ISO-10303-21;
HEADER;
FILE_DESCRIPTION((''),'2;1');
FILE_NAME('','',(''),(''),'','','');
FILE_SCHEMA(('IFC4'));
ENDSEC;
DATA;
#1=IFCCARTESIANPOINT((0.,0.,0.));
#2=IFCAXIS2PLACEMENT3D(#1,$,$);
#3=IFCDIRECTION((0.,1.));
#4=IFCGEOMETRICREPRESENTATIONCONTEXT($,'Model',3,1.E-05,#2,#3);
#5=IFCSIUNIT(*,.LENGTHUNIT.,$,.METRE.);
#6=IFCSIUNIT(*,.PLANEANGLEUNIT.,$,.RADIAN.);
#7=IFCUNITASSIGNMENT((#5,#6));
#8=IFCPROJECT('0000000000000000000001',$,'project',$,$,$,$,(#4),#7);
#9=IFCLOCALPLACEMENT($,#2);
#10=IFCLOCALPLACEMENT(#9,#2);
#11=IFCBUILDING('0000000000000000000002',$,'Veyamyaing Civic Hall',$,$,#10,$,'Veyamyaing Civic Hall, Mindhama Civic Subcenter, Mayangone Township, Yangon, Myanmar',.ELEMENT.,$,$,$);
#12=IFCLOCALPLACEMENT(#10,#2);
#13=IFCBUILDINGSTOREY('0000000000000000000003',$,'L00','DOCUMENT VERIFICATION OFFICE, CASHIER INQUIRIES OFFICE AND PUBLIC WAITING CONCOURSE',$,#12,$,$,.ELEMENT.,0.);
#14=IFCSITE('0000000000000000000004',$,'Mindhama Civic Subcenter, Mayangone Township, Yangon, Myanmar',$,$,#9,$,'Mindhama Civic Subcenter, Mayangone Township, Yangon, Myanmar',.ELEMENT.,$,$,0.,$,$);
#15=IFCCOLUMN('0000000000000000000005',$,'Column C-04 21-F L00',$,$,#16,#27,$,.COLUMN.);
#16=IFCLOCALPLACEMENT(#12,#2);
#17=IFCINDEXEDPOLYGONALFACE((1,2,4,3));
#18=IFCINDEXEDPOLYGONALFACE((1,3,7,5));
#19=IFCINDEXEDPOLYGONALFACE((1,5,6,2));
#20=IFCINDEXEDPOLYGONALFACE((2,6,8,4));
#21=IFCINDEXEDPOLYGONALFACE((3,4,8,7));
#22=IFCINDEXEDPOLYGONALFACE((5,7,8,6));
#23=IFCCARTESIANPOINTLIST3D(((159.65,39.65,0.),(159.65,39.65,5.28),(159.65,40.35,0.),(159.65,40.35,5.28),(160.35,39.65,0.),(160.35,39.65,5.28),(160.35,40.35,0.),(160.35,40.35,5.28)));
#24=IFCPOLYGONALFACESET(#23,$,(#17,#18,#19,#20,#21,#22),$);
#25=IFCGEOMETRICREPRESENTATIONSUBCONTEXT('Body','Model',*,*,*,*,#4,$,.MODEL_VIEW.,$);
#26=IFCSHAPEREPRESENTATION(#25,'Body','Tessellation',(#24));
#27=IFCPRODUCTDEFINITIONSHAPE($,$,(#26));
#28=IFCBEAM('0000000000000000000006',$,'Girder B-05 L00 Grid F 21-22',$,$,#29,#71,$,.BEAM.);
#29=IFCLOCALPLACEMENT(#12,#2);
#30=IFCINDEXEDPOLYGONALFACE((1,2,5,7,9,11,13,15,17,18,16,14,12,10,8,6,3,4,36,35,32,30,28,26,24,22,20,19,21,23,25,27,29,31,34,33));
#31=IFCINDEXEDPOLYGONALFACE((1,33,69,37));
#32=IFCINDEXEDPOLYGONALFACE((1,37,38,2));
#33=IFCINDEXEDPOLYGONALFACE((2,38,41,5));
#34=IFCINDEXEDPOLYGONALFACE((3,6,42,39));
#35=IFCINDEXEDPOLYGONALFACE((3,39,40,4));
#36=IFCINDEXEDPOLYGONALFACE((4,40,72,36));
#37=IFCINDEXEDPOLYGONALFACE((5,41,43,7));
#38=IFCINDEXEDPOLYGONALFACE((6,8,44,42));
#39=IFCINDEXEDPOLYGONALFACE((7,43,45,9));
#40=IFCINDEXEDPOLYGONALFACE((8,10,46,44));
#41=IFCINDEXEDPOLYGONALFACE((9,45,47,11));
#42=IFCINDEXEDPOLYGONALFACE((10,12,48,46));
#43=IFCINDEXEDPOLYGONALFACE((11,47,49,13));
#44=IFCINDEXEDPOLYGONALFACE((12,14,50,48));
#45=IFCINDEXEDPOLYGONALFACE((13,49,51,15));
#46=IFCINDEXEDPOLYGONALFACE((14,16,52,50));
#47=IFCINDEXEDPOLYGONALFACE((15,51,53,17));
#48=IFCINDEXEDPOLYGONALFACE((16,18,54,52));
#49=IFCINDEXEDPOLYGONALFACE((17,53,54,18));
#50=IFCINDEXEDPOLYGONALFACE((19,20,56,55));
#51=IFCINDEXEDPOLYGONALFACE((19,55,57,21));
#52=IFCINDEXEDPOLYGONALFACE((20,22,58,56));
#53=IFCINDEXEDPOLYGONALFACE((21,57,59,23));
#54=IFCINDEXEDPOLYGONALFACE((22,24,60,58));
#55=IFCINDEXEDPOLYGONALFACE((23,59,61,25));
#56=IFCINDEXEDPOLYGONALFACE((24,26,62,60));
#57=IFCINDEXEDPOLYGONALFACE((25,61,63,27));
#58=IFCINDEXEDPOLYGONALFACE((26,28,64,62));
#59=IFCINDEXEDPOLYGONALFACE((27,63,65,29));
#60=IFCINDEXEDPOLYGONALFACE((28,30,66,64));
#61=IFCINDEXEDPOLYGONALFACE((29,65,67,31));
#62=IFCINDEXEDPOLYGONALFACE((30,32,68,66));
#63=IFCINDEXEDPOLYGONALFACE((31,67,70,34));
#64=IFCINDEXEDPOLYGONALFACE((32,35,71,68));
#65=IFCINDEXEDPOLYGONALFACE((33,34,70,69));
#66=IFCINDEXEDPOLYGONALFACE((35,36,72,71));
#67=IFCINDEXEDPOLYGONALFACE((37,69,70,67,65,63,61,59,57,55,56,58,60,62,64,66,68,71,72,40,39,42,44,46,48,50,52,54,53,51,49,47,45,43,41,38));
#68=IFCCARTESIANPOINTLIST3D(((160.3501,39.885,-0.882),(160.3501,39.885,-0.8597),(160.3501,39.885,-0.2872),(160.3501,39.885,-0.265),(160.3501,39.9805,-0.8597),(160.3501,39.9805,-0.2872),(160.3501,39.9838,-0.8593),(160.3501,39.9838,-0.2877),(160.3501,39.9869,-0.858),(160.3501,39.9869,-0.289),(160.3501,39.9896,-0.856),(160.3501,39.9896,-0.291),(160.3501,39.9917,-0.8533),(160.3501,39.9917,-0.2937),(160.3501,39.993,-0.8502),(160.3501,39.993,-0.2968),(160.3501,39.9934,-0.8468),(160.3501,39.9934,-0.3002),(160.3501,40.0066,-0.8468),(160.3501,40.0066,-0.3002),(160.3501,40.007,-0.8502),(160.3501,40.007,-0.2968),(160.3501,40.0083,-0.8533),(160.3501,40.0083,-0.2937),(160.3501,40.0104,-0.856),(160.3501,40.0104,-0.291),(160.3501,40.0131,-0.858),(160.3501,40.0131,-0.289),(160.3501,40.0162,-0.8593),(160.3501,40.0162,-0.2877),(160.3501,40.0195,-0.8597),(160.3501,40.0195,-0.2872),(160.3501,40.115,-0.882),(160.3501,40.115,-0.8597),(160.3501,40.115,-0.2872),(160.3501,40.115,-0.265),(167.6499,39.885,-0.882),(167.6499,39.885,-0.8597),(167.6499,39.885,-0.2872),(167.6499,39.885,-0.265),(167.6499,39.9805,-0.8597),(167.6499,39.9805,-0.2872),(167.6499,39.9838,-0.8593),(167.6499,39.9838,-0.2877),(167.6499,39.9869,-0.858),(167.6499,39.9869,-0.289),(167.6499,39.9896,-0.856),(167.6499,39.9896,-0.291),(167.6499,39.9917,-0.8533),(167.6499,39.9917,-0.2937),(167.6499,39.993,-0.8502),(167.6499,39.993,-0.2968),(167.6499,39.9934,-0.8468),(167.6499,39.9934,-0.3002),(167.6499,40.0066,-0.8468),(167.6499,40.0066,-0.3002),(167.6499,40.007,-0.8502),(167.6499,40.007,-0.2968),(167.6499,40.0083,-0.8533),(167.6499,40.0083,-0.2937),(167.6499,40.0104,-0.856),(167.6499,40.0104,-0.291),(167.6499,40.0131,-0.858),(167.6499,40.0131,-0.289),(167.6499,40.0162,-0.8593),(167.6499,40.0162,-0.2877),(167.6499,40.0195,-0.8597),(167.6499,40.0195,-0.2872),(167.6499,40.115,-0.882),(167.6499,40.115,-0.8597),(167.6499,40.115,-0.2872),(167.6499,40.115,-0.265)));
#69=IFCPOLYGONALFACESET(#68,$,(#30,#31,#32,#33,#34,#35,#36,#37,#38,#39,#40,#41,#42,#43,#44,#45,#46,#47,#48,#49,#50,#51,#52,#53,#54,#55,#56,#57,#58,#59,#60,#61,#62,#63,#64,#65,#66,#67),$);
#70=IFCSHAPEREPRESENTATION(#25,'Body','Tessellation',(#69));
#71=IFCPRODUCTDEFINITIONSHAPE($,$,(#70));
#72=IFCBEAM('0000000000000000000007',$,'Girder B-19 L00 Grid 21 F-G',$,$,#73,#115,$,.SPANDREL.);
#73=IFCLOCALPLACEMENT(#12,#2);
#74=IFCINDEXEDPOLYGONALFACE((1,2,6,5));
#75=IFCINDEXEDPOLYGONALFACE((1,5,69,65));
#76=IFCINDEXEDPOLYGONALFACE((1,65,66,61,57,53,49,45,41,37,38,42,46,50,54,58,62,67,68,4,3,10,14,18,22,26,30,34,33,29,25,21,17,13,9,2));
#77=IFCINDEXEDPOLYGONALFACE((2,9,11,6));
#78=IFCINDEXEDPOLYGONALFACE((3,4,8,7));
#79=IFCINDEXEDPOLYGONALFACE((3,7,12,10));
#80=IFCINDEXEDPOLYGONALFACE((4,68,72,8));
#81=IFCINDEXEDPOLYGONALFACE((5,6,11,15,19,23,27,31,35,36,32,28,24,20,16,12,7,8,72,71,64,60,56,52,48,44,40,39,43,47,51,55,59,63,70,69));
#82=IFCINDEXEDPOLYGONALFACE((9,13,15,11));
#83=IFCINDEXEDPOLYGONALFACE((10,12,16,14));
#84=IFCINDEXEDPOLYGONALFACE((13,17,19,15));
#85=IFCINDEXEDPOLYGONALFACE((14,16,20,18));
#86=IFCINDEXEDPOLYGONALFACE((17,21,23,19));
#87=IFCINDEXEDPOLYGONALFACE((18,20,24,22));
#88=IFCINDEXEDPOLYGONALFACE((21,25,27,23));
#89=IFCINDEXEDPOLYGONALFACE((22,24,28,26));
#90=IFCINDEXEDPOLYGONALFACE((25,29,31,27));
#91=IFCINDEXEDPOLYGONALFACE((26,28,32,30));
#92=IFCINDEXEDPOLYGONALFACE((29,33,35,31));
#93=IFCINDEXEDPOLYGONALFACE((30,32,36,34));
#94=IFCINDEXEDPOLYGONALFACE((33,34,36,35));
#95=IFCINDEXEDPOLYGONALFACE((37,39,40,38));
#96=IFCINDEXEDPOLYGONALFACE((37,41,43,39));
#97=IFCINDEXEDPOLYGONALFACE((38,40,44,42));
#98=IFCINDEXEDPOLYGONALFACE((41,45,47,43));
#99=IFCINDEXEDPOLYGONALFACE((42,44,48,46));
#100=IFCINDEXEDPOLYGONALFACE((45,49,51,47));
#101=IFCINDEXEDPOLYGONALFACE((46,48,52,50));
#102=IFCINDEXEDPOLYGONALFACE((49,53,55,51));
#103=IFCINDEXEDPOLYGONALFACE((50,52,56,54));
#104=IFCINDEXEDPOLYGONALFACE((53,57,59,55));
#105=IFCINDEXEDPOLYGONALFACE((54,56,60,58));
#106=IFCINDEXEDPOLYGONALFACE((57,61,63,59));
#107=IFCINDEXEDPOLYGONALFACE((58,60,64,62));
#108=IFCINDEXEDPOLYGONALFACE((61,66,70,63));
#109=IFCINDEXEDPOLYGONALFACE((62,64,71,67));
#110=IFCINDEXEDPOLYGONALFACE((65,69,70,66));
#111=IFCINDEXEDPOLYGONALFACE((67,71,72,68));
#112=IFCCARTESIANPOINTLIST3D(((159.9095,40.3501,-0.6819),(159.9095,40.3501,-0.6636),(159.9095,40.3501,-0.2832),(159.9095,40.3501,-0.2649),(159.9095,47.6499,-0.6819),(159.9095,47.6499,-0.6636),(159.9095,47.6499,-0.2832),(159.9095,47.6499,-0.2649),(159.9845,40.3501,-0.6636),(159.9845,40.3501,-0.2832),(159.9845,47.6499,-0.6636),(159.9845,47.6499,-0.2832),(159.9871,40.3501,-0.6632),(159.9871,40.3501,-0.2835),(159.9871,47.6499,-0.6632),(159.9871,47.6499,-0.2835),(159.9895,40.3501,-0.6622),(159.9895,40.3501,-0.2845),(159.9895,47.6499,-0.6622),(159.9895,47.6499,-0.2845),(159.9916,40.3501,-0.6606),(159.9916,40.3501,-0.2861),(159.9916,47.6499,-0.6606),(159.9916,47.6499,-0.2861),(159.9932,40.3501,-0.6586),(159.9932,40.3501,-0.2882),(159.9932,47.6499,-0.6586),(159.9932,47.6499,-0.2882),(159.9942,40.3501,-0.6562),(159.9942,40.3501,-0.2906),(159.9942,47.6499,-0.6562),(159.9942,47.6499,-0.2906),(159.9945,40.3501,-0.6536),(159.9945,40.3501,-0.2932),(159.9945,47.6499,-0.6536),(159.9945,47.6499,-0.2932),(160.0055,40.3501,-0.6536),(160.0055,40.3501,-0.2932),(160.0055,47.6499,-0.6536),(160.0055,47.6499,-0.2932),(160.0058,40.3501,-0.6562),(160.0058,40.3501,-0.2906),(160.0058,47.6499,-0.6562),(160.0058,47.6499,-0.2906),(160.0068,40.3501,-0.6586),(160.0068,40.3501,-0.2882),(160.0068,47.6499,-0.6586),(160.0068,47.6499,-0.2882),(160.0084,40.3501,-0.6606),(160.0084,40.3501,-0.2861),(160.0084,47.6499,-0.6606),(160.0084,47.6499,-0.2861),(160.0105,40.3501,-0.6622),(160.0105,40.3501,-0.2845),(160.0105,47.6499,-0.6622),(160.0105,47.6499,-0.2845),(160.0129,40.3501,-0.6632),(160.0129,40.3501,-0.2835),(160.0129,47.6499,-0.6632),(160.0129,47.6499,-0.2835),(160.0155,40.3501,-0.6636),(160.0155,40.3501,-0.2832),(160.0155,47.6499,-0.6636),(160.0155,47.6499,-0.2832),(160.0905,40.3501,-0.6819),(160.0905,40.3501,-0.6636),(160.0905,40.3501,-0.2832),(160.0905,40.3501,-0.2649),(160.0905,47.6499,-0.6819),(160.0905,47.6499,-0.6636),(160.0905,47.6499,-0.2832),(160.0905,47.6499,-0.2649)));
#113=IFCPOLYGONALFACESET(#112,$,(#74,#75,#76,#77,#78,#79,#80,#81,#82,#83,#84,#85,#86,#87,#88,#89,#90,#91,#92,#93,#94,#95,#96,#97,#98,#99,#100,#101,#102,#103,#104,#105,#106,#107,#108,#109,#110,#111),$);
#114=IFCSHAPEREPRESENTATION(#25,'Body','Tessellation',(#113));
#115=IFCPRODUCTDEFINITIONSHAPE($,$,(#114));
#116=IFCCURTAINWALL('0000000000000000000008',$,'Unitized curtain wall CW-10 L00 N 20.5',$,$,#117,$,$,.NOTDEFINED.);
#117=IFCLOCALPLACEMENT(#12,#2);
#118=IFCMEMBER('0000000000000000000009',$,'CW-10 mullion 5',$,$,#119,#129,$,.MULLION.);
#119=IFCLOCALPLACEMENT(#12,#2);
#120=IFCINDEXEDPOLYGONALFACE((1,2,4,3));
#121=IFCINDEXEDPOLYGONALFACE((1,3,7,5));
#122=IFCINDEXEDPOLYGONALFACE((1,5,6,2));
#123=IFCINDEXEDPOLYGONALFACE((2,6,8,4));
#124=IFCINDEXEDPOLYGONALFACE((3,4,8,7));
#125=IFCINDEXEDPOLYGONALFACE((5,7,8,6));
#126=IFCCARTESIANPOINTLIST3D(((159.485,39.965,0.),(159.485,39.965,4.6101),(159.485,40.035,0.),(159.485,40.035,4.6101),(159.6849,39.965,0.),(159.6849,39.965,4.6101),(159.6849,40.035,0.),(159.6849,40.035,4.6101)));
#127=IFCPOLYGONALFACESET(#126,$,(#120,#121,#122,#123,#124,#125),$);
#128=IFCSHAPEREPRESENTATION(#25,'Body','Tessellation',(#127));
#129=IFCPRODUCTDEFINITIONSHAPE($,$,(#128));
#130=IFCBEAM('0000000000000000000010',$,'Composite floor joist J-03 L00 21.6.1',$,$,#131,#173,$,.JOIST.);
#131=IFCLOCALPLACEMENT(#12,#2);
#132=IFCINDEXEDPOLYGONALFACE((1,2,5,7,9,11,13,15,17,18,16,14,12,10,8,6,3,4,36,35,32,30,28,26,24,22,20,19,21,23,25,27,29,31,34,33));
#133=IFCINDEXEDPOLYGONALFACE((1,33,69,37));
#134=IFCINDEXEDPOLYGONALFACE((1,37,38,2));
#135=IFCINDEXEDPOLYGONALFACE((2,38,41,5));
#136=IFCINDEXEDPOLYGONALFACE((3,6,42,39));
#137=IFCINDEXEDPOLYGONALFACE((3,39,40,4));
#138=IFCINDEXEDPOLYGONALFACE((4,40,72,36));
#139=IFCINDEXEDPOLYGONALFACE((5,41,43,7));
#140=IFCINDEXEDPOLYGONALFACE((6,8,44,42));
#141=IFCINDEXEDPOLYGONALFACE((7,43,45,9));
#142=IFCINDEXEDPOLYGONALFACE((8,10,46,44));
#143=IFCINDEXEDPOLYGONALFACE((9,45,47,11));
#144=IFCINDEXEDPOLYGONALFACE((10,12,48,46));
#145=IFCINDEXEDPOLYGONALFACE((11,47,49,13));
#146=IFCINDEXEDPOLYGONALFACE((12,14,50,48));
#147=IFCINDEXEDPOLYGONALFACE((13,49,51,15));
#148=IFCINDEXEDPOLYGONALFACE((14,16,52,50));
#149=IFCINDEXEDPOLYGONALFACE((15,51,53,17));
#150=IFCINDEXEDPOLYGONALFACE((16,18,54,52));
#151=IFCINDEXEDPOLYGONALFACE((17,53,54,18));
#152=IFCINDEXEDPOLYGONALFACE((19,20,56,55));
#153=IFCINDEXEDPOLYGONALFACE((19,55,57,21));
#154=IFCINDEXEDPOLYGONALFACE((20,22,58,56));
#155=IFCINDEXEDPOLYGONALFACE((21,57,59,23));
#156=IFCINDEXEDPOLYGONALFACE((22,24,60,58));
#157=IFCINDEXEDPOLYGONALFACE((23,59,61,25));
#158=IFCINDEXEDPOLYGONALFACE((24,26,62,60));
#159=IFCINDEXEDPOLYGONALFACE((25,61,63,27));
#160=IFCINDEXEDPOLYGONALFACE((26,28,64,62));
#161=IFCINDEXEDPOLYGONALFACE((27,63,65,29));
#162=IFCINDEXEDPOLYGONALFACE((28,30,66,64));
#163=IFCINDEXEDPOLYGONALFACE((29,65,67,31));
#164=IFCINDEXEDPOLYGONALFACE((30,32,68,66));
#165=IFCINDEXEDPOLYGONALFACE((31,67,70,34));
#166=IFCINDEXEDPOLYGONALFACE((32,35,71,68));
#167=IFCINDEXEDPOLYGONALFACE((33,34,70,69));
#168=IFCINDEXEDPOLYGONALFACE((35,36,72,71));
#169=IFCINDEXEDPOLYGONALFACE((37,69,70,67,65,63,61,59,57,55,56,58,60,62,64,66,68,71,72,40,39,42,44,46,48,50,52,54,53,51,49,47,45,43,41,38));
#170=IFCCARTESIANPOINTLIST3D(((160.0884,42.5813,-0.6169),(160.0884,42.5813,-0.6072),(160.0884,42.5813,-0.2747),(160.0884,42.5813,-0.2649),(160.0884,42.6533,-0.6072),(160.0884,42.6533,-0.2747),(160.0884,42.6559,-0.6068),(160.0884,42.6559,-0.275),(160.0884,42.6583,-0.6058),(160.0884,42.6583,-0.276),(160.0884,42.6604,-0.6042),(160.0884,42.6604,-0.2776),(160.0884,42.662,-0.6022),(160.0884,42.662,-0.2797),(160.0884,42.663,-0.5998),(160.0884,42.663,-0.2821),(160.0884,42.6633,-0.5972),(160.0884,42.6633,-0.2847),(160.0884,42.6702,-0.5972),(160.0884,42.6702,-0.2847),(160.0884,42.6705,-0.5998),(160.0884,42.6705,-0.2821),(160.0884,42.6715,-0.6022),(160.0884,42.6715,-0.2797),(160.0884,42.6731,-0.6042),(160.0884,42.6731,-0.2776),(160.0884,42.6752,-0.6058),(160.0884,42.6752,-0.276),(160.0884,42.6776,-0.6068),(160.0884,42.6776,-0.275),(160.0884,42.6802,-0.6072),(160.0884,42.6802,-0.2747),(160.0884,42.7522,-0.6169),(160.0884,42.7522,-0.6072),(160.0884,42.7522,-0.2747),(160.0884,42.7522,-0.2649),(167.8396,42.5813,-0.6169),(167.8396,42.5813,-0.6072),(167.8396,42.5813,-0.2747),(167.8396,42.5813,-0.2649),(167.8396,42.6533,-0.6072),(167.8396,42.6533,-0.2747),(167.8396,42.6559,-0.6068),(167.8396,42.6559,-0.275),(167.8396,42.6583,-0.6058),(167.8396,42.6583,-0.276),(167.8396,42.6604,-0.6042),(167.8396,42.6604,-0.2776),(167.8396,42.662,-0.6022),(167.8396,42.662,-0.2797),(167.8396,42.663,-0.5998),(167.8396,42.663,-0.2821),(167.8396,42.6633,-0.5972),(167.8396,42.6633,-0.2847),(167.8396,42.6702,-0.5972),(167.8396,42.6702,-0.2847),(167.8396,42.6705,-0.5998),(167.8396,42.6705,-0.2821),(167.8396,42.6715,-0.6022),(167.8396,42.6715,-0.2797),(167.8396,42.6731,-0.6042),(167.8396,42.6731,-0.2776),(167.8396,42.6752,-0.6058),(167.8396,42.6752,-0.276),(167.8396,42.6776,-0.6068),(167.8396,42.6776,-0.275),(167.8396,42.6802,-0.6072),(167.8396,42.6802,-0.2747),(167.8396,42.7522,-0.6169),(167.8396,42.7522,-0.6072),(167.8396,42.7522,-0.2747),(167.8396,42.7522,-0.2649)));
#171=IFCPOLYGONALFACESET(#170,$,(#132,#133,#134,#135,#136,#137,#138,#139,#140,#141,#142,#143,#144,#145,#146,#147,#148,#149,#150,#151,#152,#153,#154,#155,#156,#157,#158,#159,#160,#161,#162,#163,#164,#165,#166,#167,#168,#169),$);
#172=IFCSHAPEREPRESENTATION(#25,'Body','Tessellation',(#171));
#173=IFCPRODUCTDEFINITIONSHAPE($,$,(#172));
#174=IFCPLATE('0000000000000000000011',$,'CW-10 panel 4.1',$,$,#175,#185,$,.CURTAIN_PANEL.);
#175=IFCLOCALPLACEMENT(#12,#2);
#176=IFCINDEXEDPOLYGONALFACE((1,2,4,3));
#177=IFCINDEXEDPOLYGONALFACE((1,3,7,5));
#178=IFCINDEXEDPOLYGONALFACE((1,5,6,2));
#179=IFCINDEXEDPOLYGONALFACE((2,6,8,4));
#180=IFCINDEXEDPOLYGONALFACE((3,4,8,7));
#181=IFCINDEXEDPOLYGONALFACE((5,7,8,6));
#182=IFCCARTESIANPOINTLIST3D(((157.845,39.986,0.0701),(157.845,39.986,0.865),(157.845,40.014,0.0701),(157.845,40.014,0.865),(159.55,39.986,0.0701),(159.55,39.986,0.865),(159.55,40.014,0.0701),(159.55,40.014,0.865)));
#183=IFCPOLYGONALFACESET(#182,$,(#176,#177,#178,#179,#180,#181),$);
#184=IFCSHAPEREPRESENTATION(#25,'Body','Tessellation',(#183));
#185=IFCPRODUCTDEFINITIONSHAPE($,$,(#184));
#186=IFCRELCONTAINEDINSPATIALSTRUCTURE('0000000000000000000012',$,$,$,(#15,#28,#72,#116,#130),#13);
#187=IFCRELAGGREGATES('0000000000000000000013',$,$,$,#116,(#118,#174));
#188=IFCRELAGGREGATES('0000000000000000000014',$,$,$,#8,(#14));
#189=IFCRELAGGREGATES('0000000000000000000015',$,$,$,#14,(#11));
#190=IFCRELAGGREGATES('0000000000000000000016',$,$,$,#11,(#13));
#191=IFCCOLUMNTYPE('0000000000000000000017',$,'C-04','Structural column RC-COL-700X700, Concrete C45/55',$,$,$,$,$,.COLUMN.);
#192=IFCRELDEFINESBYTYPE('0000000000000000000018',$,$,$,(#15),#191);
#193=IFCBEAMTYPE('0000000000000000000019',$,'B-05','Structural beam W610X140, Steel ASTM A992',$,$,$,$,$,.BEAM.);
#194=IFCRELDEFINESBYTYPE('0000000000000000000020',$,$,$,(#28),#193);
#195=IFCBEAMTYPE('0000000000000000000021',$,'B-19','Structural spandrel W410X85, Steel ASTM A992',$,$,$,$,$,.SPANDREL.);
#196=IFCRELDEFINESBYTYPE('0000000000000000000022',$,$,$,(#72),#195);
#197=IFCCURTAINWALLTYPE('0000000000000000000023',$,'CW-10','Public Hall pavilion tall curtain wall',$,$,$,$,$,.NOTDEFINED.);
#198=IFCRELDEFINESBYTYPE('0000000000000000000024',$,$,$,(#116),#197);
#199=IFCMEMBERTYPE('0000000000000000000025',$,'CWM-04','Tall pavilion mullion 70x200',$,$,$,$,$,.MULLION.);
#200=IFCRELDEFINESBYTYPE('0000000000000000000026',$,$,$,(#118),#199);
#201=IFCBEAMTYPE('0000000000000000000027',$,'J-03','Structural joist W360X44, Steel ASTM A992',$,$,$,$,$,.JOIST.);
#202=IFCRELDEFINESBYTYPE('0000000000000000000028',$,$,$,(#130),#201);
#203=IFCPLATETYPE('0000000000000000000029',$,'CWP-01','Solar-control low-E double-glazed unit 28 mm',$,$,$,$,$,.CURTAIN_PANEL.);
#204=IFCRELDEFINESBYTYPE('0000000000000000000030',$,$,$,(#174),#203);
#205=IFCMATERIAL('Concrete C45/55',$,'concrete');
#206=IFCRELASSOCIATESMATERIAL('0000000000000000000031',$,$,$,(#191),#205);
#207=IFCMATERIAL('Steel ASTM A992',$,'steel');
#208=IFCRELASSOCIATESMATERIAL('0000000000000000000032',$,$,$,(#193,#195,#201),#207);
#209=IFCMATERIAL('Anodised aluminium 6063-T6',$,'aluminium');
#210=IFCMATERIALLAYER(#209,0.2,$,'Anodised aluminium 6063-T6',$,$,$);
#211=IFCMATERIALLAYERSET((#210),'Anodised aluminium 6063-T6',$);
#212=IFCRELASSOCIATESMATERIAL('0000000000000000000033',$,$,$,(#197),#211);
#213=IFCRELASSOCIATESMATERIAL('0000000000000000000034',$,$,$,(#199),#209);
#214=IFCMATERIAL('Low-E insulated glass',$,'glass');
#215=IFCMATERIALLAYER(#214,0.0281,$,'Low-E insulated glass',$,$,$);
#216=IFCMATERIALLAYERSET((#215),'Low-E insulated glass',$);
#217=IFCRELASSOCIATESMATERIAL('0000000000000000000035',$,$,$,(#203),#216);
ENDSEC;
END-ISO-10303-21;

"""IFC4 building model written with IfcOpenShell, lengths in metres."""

from ifc_helpers import new_model, si_unit, direction, frame, origin, origin_2d, place, context, subcontext, project, spatial, rectangle, i_section, extrude, material, layer, layer_set, material_profile, profile_set, type_object, element, aggregate, save


model = new_model("IFC4")

# Units and contexts
model_context = context("Model", 3, precision=1e-05, world=origin(), true_north=direction((0.0, 1.0)))
body_context = subcontext(model_context, "Body", "Model", "MODEL_VIEW")
ifc_project = project(units=[si_unit("LENGTHUNIT", "METRE"), si_unit("PLANEANGLEUNIT", "RADIAN")], contexts=[model_context])

# Site, building, storey
site_placement = place(None, origin())
site = spatial("IfcSite", under=ifc_project, at=site_placement, Name="Mindhama Civic Subcenter, Mayangone Township, Yangon, Myanmar", LongName="Mindhama Civic Subcenter, Mayangone Township, Yangon, Myanmar", CompositionType="ELEMENT", RefElevation=0.0)
building_placement = place(site_placement, origin())
building = spatial("IfcBuilding", under=site, at=building_placement, Name="Veyamyaing Civic Hall", LongName="Veyamyaing Civic Hall, Mindhama Civic Subcenter, Mayangone Township, Yangon, Myanmar", CompositionType="ELEMENT")
storey_placement = place(building_placement, origin())
storey = spatial("IfcBuildingStorey", under=building, at=storey_placement, Name="L00", Description="DOCUMENT VERIFICATION OFFICE, CASHIER INQUIRIES OFFICE AND PUBLIC WAITING CONCOURSE", CompositionType="ELEMENT", Elevation=0.0)

# Column
ifc_material_1 = material(Name="Concrete C45/55", Category="concrete")
ifc_material_profile_1 = material_profile(ifc_material_1, rectangle(XDim=0.7, YDim=0.7, at=origin_2d()), Name="RC-COL-700X700")
ifc_profile_set_1 = profile_set([ifc_material_profile_1], Name="Concrete C45/55")
column_type = type_object("IfcColumnType", Name="C-04", Description="Structural column RC-COL-700X700, Concrete C45/55", PredefinedType="COLUMN", material=ifc_profile_set_1)
column_placement = place(storey_placement, frame((160.0, 40.0, 0.0), z_axis=(0.0, 0.0, 1.0), x_axis=(1.0, 0.0, 0.0)))
element("IfcColumn", 1, at=column_placement, inside=storey, type_object=column_type, Name="Column C-04 21-F L00", PredefinedType="COLUMN", context=body_context, shape_type="SweptSolid", body=[
    extrude(rectangle(XDim=0.7, YDim=0.7, at=origin_2d()), origin(), (0.0, 0.0, 1.0), 5.28),
])

# Beams
ifc_material_2 = material(Name="Steel ASTM A992", Category="steel")
ifc_material_profile_2 = material_profile(ifc_material_2, i_section(OverallWidth=0.23, OverallDepth=0.6169, WebThickness=0.0132, FlangeThickness=0.0222, FilletRadius=0.0129, at=origin_2d()), Name="W610X140")
ifc_profile_set_2 = profile_set([ifc_material_profile_2], Name="Steel ASTM A992")
beam_type_1 = type_object("IfcBeamType", Name="B-05", Description="Structural beam W610X140, Steel ASTM A992", PredefinedType="BEAM", material=ifc_profile_set_2)
beam_1_placement = place(storey_placement, frame((160.3501, 40.0, -0.5735), z_axis=(1.0, 0.0, 0.0), x_axis=(0.0, 1.0, 0.0)))
element("IfcBeam", 2, at=beam_1_placement, inside=storey, type_object=beam_type_1, Name="Girder B-05 L00 Grid F 21-22", PredefinedType="BEAM", context=body_context, shape_type="SweptSolid", body=[
    extrude(i_section(OverallWidth=0.23, OverallDepth=0.6169, WebThickness=0.0132, FlangeThickness=0.0222, FilletRadius=0.0129, at=origin_2d()), origin(), (0.0, 0.0, 1.0), 7.2998),
])
ifc_material_profile_3 = material_profile(ifc_material_2, i_section(OverallWidth=0.1809, OverallDepth=0.417, WebThickness=0.011, FlangeThickness=0.0183, FilletRadius=0.01, at=origin_2d()), Name="W410X85")
ifc_profile_set_3 = profile_set([ifc_material_profile_3], Name="Steel ASTM A992")
beam_type_2 = type_object("IfcBeamType", Name="B-19", Description="Structural spandrel W410X85, Steel ASTM A992", PredefinedType="SPANDREL", material=ifc_profile_set_3)
beam_2_placement = place(storey_placement, frame((160.0, 40.3501, -0.4734), z_axis=(0.0, 1.0, 0.0), x_axis=(-1.0, 0.0, 0.0)))
element("IfcBeam", 3, at=beam_2_placement, inside=storey, type_object=beam_type_2, Name="Girder B-19 L00 Grid 21 F-G", PredefinedType="SPANDREL", context=body_context, shape_type="SweptSolid", body=[
    extrude(i_section(OverallWidth=0.1809, OverallDepth=0.417, WebThickness=0.011, FlangeThickness=0.0183, FilletRadius=0.01, at=origin_2d()), origin(), (0.0, 0.0, 1.0), 7.2998),
])

# Curtain wall, member
ifc_material_3 = material(Name="Anodised aluminium 6063-T6", Category="aluminium")
ifc_layer_1 = layer(ifc_material_3, 0.2, Name="Anodised aluminium 6063-T6")
ifc_layer_set_1 = layer_set([ifc_layer_1], Name="Anodised aluminium 6063-T6")
curtain_wall_type = type_object("IfcCurtainWallType", Name="CW-10", Description="Public Hall pavilion tall curtain wall", PredefinedType="NOTDEFINED", material=ifc_layer_set_1)
curtain_wall_placement = place(storey_placement, origin())
curtain_wall = element("IfcCurtainWall", 4, at=curtain_wall_placement, inside=storey, type_object=curtain_wall_type, Name="Unitized curtain wall CW-10 L00 N 20.5", PredefinedType="NOTDEFINED")
ifc_material_profile_4 = material_profile(ifc_material_3, rectangle(XDim=0.0701, YDim=0.2, at=origin_2d()), Name="ALU-MUL-70X200")
ifc_profile_set_4 = profile_set([ifc_material_profile_4], Name="Anodised aluminium 6063-T6")
member_type = type_object("IfcMemberType", Name="CWM-04", Description="Tall pavilion mullion 70x200", PredefinedType="MULLION", material=ifc_profile_set_4)
member_placement = place(storey_placement, frame((159.585, 40.0, 0.0), z_axis=(0.0, 0.0, 1.0), x_axis=(0.0, 1.0, 0.0)))
member = element("IfcMember", 5, at=member_placement, type_object=member_type, Name="CW-10 mullion 5", PredefinedType="MULLION", context=body_context, shape_type="SweptSolid", body=[
    extrude(rectangle(XDim=0.0701, YDim=0.2, at=origin_2d()), origin(), (0.0, 0.0, 1.0), 4.6101),
])

# Beam
ifc_material_profile_5 = material_profile(ifc_material_2, i_section(OverallWidth=0.1709, OverallDepth=0.3521, WebThickness=0.0068, FlangeThickness=0.0098, FilletRadius=0.01, at=origin_2d()), Name="W360X44")
ifc_profile_set_5 = profile_set([ifc_material_profile_5], Name="Steel ASTM A992")
beam_type_3 = type_object("IfcBeamType", Name="J-03", Description="Structural joist W360X44, Steel ASTM A992", PredefinedType="JOIST", material=ifc_profile_set_5)
beam_3_placement = place(storey_placement, frame((160.0884, 42.6667, -0.4409), z_axis=(1.0, 0.0, 0.0), x_axis=(0.0, 1.0, 0.0)))
element("IfcBeam", 6, at=beam_3_placement, inside=storey, type_object=beam_type_3, Name="Composite floor joist J-03 L00 21.6.1", PredefinedType="JOIST", context=body_context, shape_type="SweptSolid", body=[
    extrude(i_section(OverallWidth=0.1709, OverallDepth=0.3521, WebThickness=0.0068, FlangeThickness=0.0098, FilletRadius=0.01, at=origin_2d()), origin(), (0.0, 0.0, 1.0), 7.7512),
])

# Plate
ifc_material_4 = material(Name="Low-E insulated glass", Category="glass")
ifc_layer_2 = layer(ifc_material_4, 0.0281, Name="Low-E insulated glass")
ifc_layer_set_2 = layer_set([ifc_layer_2], Name="Low-E insulated glass")
plate_type = type_object("IfcPlateType", Name="CWP-01", Description="Solar-control low-E double-glazed unit 28 mm", PredefinedType="CURTAIN_PANEL", material=ifc_layer_set_2)
plate_1_placement = place(storey_placement, frame((158.6975, 40.0, 0.0701), z_axis=(0.0, 0.0, 1.0), x_axis=(1.0, 0.0, 0.0)))
plate_1 = element("IfcPlate", 7, at=plate_1_placement, type_object=plate_type, Name="CW-10 panel 4.1", PredefinedType="CURTAIN_PANEL", context=body_context, shape_type="SweptSolid", body=[
    extrude(rectangle(XDim=1.7051, YDim=0.0281, at=origin_2d()), origin(), (0.0, 0.0, 1.0), 0.7949),
])
aggregate(curtain_wall, [member, plate_1])

save(model, "model.ifc")
